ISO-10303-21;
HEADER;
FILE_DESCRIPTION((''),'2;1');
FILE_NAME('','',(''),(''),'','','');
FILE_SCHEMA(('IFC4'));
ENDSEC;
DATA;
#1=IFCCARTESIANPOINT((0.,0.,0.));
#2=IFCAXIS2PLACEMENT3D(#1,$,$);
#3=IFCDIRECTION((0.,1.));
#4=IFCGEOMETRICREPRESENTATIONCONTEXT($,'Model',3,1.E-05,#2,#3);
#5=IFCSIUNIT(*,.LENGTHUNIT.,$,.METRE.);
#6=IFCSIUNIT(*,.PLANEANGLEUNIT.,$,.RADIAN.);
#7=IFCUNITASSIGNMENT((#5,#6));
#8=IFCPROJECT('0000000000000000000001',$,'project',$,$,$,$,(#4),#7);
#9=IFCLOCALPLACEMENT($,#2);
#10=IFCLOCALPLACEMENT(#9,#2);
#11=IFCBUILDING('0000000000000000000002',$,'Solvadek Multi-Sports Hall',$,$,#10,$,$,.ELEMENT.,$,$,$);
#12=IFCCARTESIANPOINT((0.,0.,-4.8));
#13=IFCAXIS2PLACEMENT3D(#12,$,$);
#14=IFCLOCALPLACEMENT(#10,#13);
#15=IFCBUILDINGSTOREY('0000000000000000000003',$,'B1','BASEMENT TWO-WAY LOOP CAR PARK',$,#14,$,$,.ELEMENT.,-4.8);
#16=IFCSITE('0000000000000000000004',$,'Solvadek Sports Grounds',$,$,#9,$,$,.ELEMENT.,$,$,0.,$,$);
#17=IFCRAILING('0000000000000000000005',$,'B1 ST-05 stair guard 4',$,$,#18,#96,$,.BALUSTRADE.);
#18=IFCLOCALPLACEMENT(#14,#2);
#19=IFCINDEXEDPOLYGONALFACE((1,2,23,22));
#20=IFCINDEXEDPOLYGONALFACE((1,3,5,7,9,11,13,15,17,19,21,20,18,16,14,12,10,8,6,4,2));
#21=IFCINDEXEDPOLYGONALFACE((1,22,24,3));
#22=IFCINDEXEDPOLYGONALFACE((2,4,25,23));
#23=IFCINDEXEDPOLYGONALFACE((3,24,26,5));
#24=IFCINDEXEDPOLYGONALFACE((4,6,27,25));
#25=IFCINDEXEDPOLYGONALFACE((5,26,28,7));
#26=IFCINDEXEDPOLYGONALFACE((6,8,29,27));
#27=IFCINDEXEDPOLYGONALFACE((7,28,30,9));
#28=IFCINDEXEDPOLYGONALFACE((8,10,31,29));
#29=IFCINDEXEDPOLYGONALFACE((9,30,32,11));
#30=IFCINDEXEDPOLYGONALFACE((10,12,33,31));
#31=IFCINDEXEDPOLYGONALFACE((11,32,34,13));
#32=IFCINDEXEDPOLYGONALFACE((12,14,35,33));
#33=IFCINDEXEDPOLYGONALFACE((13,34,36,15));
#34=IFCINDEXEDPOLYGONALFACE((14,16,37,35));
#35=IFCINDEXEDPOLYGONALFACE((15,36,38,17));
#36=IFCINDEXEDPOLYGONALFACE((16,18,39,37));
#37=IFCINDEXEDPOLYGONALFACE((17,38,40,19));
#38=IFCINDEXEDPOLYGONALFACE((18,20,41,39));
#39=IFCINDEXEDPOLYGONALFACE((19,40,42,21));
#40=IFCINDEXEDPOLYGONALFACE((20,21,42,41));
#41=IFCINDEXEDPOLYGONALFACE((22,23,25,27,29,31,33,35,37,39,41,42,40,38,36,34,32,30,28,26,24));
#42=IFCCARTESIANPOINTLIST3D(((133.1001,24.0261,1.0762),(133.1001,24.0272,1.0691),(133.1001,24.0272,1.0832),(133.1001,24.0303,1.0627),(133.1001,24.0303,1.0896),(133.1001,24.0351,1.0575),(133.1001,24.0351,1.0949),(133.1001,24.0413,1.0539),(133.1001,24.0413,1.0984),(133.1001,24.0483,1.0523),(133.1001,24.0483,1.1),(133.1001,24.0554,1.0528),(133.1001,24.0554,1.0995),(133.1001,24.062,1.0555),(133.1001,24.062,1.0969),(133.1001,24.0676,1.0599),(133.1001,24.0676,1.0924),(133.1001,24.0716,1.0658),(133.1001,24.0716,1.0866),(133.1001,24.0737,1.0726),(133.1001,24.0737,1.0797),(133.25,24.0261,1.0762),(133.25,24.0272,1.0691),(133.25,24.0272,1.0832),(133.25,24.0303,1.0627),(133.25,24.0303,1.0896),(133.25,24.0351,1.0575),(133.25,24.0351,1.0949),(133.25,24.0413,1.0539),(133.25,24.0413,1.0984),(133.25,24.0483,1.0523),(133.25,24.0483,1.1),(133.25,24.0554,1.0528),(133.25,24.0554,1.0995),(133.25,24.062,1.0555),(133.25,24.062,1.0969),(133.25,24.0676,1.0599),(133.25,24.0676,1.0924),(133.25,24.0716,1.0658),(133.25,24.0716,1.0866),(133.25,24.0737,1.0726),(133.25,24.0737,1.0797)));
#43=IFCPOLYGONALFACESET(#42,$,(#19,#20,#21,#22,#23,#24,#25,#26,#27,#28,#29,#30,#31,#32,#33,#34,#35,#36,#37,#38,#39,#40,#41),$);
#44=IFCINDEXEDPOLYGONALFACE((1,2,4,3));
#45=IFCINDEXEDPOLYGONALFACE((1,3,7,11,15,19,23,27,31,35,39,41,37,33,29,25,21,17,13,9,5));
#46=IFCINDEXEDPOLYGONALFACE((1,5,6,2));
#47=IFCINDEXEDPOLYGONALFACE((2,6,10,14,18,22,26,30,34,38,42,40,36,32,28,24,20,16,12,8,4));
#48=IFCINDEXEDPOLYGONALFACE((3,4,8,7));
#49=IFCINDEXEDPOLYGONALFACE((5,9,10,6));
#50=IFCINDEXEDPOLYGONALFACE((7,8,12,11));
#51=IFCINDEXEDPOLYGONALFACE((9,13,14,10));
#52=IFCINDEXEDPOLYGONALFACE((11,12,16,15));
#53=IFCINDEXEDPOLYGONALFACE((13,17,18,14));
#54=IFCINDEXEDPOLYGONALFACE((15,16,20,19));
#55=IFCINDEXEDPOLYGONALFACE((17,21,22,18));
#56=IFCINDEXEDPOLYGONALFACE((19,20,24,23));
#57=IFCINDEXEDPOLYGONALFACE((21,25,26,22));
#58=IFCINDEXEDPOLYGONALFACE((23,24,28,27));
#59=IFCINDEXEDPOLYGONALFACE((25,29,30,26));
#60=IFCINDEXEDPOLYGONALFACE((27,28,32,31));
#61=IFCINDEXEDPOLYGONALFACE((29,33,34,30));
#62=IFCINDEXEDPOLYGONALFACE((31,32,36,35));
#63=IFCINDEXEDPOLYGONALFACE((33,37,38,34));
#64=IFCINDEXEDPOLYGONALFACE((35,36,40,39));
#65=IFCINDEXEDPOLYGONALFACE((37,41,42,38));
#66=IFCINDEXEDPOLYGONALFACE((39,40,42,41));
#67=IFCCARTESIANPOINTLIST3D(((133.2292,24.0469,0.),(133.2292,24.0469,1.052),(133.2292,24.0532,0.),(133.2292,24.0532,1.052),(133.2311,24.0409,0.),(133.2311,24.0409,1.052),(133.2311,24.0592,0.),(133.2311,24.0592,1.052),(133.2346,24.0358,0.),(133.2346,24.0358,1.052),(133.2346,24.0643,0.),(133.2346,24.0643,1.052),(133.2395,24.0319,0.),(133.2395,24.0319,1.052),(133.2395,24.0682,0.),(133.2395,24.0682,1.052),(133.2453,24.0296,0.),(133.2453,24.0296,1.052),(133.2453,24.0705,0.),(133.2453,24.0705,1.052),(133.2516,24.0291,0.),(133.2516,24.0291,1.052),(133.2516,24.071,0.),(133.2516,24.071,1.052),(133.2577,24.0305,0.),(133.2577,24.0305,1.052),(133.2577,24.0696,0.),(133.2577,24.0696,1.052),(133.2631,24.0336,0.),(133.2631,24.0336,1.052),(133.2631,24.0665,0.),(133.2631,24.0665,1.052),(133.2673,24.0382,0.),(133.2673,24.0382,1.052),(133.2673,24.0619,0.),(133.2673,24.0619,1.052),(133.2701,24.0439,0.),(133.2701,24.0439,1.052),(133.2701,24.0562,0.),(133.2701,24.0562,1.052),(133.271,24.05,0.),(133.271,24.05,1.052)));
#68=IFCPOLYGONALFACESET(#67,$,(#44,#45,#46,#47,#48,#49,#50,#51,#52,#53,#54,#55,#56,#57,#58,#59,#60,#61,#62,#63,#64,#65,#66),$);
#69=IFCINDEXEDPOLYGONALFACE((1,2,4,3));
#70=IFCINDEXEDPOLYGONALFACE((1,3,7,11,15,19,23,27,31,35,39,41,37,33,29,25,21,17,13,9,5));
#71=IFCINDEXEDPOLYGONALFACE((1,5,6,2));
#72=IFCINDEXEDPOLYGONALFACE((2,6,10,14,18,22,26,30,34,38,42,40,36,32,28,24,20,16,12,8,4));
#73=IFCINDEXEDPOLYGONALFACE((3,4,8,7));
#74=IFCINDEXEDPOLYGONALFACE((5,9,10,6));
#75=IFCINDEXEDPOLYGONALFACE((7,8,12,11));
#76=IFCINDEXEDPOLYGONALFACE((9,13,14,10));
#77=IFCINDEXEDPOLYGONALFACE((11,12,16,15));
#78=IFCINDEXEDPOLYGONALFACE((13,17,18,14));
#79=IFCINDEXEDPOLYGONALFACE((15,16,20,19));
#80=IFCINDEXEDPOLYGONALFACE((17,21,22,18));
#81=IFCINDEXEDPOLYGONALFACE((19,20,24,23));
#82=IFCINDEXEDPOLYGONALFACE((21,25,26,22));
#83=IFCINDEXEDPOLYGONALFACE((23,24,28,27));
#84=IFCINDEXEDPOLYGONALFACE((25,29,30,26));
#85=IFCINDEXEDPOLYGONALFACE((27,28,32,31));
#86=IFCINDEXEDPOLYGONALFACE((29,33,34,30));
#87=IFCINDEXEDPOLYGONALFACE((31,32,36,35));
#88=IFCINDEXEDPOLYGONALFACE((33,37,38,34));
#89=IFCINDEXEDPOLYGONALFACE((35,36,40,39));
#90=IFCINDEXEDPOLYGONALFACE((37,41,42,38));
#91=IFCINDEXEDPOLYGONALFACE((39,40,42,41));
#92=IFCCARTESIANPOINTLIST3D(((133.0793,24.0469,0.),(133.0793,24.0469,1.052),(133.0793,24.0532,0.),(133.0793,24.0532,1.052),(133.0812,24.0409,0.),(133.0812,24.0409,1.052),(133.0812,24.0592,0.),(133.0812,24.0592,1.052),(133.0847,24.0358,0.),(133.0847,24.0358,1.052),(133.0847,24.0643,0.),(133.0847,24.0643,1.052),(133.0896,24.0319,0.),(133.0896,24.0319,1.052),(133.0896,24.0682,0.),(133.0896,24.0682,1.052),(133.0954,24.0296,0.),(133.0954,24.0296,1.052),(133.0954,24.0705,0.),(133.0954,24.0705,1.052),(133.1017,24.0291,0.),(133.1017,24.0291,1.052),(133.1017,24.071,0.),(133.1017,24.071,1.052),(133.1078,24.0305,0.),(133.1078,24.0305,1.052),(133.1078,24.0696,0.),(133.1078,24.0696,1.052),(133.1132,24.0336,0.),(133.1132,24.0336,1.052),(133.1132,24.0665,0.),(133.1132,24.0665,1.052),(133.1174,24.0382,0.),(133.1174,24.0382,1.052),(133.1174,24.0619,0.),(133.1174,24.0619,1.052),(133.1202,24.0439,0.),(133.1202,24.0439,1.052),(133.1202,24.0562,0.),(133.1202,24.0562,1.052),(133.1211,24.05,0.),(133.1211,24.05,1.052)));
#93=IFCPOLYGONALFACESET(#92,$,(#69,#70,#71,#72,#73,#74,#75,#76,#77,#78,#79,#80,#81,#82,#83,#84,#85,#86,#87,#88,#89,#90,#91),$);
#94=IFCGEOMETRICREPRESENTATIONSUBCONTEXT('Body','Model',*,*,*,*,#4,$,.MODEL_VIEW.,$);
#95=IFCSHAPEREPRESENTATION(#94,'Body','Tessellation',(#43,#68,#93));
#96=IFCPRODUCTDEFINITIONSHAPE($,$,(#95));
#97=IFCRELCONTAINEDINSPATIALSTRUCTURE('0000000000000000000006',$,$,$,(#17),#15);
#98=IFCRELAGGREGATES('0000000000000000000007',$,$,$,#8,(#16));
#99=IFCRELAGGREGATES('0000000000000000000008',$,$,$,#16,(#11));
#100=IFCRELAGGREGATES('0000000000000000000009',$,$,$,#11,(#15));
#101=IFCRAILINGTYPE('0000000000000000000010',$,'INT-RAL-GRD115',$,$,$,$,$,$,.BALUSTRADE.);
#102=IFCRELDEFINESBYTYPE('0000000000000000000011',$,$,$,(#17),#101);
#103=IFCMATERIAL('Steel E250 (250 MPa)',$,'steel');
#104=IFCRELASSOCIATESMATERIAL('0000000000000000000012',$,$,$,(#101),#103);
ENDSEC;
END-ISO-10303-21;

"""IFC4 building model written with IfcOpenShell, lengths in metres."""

from ifc_helpers import new_model, si_unit, direction, frame, origin, origin_2d, place, context, subcontext, project, spatial, circle, extrude, material, type_object, element, save


model = new_model("IFC4")

# Units and contexts
model_context = context("Model", 3, precision=1e-05, world=origin(), true_north=direction((0.0, 1.0)))
body_context = subcontext(model_context, "Body", "Model", "MODEL_VIEW")
ifc_project = project(units=[si_unit("LENGTHUNIT", "METRE"), si_unit("PLANEANGLEUNIT", "RADIAN")], contexts=[model_context])

# Site, building, storey
site_placement = place(None, origin())
site = spatial("IfcSite", under=ifc_project, at=site_placement, Name="Solvadek Sports Grounds", CompositionType="ELEMENT", RefElevation=0.0)
building_placement = place(site_placement, origin())
building = spatial("IfcBuilding", under=site, at=building_placement, Name="Solvadek Multi-Sports Hall", CompositionType="ELEMENT")
storey_placement = place(building_placement, frame((0.0, 0.0, -4.8)))
storey = spatial("IfcBuildingStorey", under=building, at=storey_placement, Name="B1", Description="BASEMENT TWO-WAY LOOP CAR PARK", CompositionType="ELEMENT", Elevation=-4.8)

# Railing
ifc_material_1 = material(Name="Steel E250 (250 MPa)", Category="steel")
railing_type_1 = type_object("IfcRailingType", Name="INT-RAL-GRD115", PredefinedType="BALUSTRADE", material=ifc_material_1)
railing_1_placement = place(storey_placement, frame((133.25, 24.05, 0.0)))
element("IfcRailing", 1, at=railing_1_placement, inside=storey, type_object=railing_type_1, Name="B1 ST-05 stair guard 4", PredefinedType="BALUSTRADE", context=body_context, shape_type="SweptSolid", body=[
    extrude(circle(Radius=0.0239, at=origin_2d()), frame((0.0, 0.0, 1.0762), z_axis=(-1.0, 0.0, 0.0), x_axis=(0.0, -1.0, 0.0)), (0.0, 0.0, 1.0), 0.1499),
    extrude(circle(Radius=0.021, at=origin_2d()), origin(), (0.0, 0.0, 1.0), 1.052),
    extrude(circle(Radius=0.021, at=origin_2d()), frame((-0.1499, 0.0, 0.0)), (0.0, 0.0, 1.0), 1.052),
])

save(model, "model.ifc")
